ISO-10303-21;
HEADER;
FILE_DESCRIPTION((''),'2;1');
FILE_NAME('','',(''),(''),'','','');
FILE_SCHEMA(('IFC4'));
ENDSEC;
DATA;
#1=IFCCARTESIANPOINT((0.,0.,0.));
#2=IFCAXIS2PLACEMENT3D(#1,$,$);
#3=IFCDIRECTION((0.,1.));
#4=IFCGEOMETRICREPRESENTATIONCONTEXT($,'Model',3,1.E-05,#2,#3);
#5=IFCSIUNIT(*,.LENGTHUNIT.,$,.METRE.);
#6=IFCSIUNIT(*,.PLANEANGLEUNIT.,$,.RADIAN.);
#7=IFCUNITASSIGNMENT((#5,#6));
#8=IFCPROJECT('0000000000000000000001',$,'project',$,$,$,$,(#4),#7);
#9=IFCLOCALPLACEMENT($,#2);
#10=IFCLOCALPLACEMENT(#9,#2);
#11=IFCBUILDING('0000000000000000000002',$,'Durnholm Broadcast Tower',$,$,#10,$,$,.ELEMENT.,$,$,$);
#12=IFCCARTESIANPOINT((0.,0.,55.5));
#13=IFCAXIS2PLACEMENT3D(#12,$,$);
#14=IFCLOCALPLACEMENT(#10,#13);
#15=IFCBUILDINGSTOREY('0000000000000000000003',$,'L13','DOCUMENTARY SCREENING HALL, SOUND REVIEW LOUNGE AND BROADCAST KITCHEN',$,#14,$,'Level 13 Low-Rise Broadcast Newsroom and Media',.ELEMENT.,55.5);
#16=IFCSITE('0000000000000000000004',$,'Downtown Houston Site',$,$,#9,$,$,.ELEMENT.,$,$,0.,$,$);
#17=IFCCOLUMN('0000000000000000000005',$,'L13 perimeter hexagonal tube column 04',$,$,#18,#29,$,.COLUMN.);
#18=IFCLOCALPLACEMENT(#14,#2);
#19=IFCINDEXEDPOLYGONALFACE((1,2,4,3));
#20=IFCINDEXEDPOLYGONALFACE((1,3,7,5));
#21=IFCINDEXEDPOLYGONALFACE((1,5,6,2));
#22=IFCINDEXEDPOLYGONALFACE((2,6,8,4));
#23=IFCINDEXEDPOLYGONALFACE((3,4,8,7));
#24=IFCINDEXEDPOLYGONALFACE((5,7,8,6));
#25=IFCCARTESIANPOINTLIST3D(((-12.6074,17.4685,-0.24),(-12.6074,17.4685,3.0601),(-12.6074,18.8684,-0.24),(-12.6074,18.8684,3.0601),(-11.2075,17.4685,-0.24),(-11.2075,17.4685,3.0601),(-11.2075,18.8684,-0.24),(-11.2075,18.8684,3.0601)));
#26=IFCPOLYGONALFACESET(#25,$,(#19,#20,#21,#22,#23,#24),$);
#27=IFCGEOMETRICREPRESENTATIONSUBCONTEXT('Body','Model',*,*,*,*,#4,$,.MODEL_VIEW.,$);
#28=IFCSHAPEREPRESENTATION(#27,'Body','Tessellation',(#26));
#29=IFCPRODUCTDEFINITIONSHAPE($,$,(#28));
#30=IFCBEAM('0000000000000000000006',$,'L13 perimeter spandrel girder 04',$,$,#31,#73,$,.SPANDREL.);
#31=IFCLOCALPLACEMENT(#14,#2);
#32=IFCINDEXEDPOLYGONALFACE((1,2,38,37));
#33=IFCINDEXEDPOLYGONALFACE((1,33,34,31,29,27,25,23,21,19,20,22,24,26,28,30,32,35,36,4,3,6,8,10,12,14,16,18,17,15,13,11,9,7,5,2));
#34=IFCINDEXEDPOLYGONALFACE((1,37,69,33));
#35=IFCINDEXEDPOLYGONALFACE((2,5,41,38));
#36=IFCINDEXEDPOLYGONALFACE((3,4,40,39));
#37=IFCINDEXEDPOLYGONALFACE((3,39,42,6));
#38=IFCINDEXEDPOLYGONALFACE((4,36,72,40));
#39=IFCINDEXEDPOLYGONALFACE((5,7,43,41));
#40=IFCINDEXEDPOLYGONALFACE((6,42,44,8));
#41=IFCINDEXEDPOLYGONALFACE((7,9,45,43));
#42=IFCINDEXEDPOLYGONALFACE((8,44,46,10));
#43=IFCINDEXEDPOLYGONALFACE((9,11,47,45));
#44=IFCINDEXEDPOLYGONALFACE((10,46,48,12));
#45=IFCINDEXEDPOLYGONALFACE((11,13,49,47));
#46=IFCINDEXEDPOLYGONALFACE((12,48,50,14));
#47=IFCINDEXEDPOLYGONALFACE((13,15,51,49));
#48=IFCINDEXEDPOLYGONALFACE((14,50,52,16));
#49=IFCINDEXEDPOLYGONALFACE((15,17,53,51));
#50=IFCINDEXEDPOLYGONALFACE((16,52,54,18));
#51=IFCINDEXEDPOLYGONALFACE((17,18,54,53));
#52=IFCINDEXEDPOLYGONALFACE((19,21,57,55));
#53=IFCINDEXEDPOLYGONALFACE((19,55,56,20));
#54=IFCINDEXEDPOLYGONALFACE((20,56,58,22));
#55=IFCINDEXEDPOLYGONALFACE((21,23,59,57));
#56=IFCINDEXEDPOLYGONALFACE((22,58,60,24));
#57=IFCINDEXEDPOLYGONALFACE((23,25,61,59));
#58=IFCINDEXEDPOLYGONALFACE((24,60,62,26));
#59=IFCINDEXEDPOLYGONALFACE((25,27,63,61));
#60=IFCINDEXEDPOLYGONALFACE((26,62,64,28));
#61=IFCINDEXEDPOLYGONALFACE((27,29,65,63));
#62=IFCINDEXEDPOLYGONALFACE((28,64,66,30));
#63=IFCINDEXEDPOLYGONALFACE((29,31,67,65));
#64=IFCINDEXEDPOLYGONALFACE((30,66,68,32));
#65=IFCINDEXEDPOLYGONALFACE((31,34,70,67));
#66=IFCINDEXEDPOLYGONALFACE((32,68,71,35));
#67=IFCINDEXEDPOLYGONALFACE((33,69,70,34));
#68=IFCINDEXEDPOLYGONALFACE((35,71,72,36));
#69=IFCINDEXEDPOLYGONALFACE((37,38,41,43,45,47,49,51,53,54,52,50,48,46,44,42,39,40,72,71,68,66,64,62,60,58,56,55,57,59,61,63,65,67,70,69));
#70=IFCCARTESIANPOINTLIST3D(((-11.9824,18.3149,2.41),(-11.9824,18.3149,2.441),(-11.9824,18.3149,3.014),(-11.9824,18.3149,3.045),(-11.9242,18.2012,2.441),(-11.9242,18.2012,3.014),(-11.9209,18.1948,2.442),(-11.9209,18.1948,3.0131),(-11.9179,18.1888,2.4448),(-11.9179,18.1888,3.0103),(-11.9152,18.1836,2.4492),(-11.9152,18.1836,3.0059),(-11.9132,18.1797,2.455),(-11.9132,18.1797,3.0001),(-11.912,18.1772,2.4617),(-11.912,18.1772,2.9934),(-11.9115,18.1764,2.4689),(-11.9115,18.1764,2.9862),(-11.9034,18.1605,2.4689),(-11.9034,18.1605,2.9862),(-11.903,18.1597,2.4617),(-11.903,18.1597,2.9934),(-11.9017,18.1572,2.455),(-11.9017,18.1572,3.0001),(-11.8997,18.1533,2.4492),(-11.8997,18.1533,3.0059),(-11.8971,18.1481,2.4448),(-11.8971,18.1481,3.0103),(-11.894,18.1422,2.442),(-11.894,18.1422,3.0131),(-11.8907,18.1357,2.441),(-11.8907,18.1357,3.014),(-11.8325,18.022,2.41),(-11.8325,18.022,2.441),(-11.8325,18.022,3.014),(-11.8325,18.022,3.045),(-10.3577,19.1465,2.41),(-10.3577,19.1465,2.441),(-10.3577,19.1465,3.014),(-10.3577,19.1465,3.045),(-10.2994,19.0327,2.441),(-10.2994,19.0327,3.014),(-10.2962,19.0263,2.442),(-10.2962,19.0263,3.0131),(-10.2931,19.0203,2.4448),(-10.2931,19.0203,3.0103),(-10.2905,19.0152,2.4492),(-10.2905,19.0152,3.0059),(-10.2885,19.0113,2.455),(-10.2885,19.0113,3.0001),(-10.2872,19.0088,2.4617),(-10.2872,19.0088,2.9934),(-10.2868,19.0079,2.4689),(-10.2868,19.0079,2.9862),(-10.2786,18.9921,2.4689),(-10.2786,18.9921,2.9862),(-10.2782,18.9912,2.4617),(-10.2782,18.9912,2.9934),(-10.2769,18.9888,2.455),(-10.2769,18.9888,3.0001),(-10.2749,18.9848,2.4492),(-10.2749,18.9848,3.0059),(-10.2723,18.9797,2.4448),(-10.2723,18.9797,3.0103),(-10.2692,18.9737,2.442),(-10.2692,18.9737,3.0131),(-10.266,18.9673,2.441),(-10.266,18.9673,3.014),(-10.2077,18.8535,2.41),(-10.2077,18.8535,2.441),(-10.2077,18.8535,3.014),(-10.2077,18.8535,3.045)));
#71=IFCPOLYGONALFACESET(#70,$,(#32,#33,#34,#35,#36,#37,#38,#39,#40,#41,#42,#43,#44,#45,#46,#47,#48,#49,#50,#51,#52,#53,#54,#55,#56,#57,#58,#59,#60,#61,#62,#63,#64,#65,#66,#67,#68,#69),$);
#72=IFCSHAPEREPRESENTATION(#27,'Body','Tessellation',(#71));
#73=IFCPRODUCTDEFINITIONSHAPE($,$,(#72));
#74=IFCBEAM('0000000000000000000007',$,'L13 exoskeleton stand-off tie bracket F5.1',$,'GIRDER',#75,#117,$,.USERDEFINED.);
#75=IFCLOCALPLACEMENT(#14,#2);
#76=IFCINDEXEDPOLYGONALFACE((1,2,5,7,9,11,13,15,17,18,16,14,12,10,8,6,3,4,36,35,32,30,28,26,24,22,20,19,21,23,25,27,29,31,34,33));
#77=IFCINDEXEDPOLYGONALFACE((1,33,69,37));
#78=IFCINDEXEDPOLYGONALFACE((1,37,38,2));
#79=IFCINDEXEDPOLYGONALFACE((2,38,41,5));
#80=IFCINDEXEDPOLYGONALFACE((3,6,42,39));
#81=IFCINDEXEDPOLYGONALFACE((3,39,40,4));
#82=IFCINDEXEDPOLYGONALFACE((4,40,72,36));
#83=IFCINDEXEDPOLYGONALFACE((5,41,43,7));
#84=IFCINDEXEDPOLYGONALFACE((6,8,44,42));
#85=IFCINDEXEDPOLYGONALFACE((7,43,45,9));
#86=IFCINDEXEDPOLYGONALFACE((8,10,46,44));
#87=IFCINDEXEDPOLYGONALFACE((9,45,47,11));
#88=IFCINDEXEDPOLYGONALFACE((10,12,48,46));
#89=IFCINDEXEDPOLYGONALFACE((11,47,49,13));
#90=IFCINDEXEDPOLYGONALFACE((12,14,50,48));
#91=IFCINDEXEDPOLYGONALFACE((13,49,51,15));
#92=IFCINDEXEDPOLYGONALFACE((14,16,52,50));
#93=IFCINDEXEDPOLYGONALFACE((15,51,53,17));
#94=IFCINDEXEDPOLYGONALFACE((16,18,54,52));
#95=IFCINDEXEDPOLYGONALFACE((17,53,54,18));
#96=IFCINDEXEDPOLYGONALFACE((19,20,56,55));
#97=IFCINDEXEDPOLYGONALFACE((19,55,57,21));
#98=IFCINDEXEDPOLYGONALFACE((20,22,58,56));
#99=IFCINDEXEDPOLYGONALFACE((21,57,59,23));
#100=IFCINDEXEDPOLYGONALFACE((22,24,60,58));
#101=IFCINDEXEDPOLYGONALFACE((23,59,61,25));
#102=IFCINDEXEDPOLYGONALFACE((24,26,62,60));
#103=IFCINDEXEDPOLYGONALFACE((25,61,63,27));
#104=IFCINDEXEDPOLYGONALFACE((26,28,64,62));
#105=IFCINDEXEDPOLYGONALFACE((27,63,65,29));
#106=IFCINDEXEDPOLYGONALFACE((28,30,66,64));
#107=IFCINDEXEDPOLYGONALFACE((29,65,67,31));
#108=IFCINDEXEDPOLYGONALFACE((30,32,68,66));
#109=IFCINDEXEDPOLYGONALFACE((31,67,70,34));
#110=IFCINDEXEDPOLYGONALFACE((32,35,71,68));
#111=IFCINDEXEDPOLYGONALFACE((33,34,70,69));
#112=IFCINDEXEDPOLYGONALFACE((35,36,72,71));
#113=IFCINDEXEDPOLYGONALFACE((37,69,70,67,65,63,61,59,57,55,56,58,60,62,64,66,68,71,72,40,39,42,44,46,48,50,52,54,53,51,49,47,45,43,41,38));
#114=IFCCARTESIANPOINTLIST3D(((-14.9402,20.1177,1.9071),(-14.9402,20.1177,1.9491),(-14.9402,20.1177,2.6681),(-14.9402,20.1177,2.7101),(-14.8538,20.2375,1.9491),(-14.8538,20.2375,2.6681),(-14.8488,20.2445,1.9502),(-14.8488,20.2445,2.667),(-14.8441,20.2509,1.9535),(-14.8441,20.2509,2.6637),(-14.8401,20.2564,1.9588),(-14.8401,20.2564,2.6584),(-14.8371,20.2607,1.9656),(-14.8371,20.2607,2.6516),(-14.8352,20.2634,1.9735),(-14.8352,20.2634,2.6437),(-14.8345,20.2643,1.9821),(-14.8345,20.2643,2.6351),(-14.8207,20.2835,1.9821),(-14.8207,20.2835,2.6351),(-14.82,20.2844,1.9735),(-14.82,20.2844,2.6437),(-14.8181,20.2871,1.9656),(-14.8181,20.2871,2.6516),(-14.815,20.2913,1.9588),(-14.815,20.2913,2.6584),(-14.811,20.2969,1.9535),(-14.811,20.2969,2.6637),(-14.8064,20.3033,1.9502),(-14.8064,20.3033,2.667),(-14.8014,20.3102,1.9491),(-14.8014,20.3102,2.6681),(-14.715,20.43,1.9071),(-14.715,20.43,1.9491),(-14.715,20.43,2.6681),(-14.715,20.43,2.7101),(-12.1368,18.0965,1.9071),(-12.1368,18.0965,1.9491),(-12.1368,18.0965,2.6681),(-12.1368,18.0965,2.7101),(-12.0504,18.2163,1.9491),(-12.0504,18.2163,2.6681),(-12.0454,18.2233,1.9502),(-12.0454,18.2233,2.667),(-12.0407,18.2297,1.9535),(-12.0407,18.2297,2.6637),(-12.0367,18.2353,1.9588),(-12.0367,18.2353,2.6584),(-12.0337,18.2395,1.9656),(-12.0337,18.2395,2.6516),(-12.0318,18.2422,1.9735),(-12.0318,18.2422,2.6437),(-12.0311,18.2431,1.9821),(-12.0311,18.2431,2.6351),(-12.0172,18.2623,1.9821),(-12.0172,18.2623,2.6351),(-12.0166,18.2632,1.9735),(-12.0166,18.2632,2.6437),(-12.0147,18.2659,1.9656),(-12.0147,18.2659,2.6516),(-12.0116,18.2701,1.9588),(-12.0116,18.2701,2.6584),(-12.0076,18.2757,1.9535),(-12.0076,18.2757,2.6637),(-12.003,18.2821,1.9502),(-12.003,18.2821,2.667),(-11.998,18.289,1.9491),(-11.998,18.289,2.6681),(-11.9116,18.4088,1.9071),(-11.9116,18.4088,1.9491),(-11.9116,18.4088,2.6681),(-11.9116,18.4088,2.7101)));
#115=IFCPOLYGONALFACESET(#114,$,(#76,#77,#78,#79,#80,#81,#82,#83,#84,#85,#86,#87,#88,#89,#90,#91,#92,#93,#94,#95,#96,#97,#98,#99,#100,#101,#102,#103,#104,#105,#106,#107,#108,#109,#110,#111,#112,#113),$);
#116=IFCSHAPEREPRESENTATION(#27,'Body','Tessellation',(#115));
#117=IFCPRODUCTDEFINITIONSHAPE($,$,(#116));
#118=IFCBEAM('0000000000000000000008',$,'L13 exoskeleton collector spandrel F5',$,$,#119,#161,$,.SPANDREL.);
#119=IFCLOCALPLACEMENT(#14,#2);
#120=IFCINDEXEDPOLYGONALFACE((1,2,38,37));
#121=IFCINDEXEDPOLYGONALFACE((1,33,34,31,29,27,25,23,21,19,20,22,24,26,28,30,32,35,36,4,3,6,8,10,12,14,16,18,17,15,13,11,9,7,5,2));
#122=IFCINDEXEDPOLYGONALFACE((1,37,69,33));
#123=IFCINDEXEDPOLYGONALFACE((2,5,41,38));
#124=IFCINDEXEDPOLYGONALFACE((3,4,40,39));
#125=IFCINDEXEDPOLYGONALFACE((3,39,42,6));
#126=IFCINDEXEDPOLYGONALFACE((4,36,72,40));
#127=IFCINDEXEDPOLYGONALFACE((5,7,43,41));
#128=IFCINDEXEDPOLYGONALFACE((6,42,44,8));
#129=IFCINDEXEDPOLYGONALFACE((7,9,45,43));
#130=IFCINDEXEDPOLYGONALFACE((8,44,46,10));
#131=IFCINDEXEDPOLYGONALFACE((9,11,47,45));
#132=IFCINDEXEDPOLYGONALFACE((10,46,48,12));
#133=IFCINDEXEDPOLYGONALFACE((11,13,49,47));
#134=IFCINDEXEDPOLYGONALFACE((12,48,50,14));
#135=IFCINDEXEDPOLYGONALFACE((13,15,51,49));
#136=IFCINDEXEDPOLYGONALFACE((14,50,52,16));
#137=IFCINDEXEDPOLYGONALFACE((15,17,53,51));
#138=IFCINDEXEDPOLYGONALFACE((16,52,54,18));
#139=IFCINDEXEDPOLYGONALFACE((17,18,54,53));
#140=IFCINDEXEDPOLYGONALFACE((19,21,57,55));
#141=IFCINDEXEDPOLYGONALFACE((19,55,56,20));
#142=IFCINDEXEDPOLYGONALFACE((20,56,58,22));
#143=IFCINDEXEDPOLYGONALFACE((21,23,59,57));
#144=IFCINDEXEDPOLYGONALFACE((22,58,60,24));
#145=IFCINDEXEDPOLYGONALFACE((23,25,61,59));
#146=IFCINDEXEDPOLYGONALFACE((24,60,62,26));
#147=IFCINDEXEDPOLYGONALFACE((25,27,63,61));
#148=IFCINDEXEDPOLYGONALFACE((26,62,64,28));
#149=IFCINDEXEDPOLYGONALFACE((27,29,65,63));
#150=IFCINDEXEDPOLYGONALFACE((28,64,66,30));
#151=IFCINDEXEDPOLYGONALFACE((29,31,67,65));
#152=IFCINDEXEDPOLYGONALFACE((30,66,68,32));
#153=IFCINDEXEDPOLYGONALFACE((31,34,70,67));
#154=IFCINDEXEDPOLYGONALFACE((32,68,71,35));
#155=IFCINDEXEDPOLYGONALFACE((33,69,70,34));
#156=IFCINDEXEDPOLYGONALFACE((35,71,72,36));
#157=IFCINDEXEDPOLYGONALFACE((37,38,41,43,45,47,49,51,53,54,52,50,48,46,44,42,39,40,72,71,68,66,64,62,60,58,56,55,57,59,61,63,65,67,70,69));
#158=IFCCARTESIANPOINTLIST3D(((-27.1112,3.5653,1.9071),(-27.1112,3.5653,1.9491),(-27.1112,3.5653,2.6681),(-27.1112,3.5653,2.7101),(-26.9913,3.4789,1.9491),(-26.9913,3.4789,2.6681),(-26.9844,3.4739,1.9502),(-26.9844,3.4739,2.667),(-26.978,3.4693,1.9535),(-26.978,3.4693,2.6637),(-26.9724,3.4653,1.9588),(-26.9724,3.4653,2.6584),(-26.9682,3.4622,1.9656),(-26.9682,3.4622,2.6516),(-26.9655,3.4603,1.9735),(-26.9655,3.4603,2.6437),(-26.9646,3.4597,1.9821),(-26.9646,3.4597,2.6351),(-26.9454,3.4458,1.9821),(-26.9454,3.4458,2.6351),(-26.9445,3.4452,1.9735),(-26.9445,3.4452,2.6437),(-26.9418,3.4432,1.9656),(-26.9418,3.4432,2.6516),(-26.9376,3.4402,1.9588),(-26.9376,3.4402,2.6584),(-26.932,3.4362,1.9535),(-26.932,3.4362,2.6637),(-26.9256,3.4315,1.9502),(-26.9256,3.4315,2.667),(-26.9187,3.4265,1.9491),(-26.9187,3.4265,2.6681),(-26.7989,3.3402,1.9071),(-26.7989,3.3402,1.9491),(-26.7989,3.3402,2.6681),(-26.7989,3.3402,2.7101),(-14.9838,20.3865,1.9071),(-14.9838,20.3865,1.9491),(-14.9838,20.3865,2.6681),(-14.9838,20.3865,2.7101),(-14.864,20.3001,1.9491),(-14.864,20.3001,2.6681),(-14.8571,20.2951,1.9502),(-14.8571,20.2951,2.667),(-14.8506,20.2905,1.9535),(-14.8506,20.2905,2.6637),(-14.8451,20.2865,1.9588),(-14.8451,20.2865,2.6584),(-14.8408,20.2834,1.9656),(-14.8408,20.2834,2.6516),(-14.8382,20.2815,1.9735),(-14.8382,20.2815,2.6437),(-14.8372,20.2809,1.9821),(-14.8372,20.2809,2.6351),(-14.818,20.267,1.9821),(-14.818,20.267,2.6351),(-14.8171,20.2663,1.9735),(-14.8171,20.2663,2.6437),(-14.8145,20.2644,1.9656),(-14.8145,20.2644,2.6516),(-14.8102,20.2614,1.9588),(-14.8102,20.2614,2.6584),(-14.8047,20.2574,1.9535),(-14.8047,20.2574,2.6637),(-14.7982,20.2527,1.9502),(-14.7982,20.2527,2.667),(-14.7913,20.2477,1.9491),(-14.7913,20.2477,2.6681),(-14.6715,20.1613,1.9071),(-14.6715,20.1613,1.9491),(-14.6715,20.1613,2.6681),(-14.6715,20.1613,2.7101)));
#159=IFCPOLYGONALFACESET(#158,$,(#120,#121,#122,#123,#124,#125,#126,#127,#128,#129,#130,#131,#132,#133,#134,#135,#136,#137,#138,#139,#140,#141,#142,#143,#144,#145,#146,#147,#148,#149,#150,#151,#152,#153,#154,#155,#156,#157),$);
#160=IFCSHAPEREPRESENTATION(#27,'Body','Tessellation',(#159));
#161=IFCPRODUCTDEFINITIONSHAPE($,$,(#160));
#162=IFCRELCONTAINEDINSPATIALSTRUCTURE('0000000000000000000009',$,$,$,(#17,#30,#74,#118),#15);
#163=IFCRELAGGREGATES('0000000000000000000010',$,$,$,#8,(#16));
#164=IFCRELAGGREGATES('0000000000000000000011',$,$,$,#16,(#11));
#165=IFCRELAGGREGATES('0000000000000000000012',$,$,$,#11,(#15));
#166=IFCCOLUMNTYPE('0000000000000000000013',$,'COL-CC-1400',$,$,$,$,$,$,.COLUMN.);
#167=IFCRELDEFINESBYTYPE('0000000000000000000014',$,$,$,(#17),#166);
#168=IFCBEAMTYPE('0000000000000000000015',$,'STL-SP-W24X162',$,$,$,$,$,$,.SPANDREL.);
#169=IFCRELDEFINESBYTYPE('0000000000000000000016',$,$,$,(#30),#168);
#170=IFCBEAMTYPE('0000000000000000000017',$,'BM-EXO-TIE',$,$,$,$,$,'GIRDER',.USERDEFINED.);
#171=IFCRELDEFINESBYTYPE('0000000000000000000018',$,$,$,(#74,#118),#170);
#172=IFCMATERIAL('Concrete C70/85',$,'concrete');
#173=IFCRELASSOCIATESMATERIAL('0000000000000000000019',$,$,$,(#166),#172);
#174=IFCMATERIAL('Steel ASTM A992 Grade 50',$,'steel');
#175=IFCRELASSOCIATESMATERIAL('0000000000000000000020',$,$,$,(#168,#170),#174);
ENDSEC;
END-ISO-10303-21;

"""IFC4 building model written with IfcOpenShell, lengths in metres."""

from ifc_helpers import new_model, si_unit, direction, frame, origin, origin_2d, place, context, subcontext, project, spatial, rectangle, i_section, extrude, source, transform, mapped, material, material_profile, profile_set, type_object, type_shapes, element, save


model = new_model("IFC4")

# Units and contexts
model_context = context("Model", 3, precision=1e-05, world=origin(), true_north=direction((0.0, 1.0)))
body_context = subcontext(model_context, "Body", "Model", "MODEL_VIEW")
ifc_project = project(units=[si_unit("LENGTHUNIT", "METRE"), si_unit("PLANEANGLEUNIT", "RADIAN")], contexts=[model_context])

# Site, building, storey
site_placement = place(None, origin())
site = spatial("IfcSite", under=ifc_project, at=site_placement, Name="Downtown Houston Site", CompositionType="ELEMENT", RefElevation=0.0)
building_placement = place(site_placement, origin())
building = spatial("IfcBuilding", under=site, at=building_placement, Name="Durnholm Broadcast Tower", CompositionType="ELEMENT")
storey_placement = place(building_placement, frame((0.0, 0.0, 55.5)))
storey = spatial("IfcBuildingStorey", under=building, at=storey_placement, Name="L13", Description="DOCUMENTARY SCREENING HALL, SOUND REVIEW LOUNGE AND BROADCAST KITCHEN", LongName="Level 13 Low-Rise Broadcast Newsroom and Media", CompositionType="ELEMENT", Elevation=55.5)

# Column
ifc_material_1 = material(Name="Concrete C70/85", Category="concrete")
ifc_material_profile_1 = material_profile(ifc_material_1, rectangle(XDim=1.3999, YDim=1.3999, at=origin_2d()), Name="RC1400X1400")
ifc_profile_set_1 = profile_set([ifc_material_profile_1], Name="Concrete C70/85")
column_type = type_object("IfcColumnType", Name="COL-CC-1400", PredefinedType="COLUMN", material=ifc_profile_set_1)
shared_shape_1 = source(origin(), body_context, "Body", "SweptSolid", [
    extrude(rectangle(XDim=1.3999, YDim=1.3999, at=origin_2d()), origin(), (0.0, 0.0, 1.0), 3.3),
])
type_shapes(column_type, [shared_shape_1])
column_placement = place(storey_placement, frame((-11.9075, 18.1685, -0.24), z_axis=(0.0, 0.0, 1.0), x_axis=(1.0, 0.0, 0.0)))
element("IfcColumn", 1, at=column_placement, inside=storey, type_object=column_type, Name="L13 perimeter hexagonal tube column 04", PredefinedType="COLUMN", context=body_context, shape_type="MappedRepresentation", body=[
    mapped(shared_shape_1, transform((0.0, 0.0, 0.0), x_axis=(1.0, 0.0, 0.0), y_axis=(0.0, 1.0, 0.0), z_axis=(0.0, 0.0, 1.0), scale=1.0)),
])

# Beams
ifc_material_2 = material(Name="Steel ASTM A992 Grade 50", Category="steel")
ifc_material_profile_2 = material_profile(ifc_material_2, i_section(OverallWidth=0.3291, OverallDepth=0.635, WebThickness=0.0178, FlangeThickness=0.031, FilletRadius=0.0278, at=origin_2d()), Name="W24X162")
ifc_profile_set_2 = profile_set([ifc_material_profile_2], Name="Steel ASTM A992 Grade 50")
beam_type_1 = type_object("IfcBeamType", Name="STL-SP-W24X162", PredefinedType="SPANDREL", material=ifc_profile_set_2)
shared_shape_2 = source(origin(), body_context, "Body", "SweptSolid", [
    extrude(i_section(OverallWidth=0.3291, OverallDepth=0.635, WebThickness=0.0178, FlangeThickness=0.031, FilletRadius=0.0278, at=origin_2d()), origin(), (0.0, 0.0, 1.0), 1.8252),
])
type_shapes(beam_type_1, [shared_shape_2])
beam_1_placement = place(storey_placement, frame((-11.9075, 18.1685, 2.7275), z_axis=(0.890188, 0.455594, 0.0), x_axis=(-0.455594, 0.890188, 0.0)))
element("IfcBeam", 2, at=beam_1_placement, inside=storey, type_object=beam_type_1, Name="L13 perimeter spandrel girder 04", PredefinedType="SPANDREL", context=body_context, shape_type="MappedRepresentation", body=[
    mapped(shared_shape_2, transform((0.0, 0.0, 0.0), x_axis=(1.0, 0.0, 0.0), y_axis=(0.0, 1.0, 0.0), z_axis=(0.0, 0.0, 1.0), scale=1.0)),
])
ifc_material_profile_3 = material_profile(ifc_material_2, i_section(OverallWidth=0.385, OverallDepth=0.803, WebThickness=0.0237, FlangeThickness=0.042, FilletRadius=0.033, at=origin_2d()), Name="W30X261")
ifc_profile_set_3 = profile_set([ifc_material_profile_3], Name="Steel ASTM A992 Grade 50")
beam_type_2 = type_object("IfcBeamType", Name="BM-EXO-TIE", ElementType="GIRDER", PredefinedType="USERDEFINED", material=ifc_profile_set_3)
shared_shape_3 = source(origin(), body_context, "Body", "SweptSolid", [
    extrude(i_section(OverallWidth=0.385, OverallDepth=0.803, WebThickness=0.0237, FlangeThickness=0.042, FilletRadius=0.033, at=origin_2d()), origin(), (0.0, 0.0, 1.0), 3.4561),
])
beam_2_placement = place(storey_placement, frame((-12.0242, 18.2527, 2.3086), z_axis=(-0.811158, 0.584828, 0.0), x_axis=(-0.584828, -0.811158, 0.0)))
element("IfcBeam", 3, at=beam_2_placement, inside=storey, type_object=beam_type_2, Name="L13 exoskeleton stand-off tie bracket F5.1", ObjectType="GIRDER", PredefinedType="USERDEFINED", context=body_context, shape_type="MappedRepresentation", body=[
    mapped(shared_shape_3, transform((0.0, 0.0, 0.0), x_axis=(1.0, 0.0, 0.0), y_axis=(0.0, 1.0, 0.0), z_axis=(0.0, 0.0, 1.0), scale=1.0)),
])
shared_shape_4 = source(origin(), body_context, "Body", "SweptSolid", [
    extrude(i_section(OverallWidth=0.385, OverallDepth=0.803, WebThickness=0.0237, FlangeThickness=0.042, FilletRadius=0.033, at=origin_2d()), origin(), (0.0, 0.0, 1.0), 20.7371),
])
type_shapes(beam_type_2, [shared_shape_3, shared_shape_4])
beam_3_placement = place(storey_placement, frame((-14.8276, 20.2739, 2.3086), z_axis=(-0.584816, -0.811166, 0.0), x_axis=(0.811166, -0.584816, 0.0)))
element("IfcBeam", 4, at=beam_3_placement, inside=storey, type_object=beam_type_2, Name="L13 exoskeleton collector spandrel F5", PredefinedType="SPANDREL", context=body_context, shape_type="MappedRepresentation", body=[
    mapped(shared_shape_4, transform((0.0, 0.0, 0.0), x_axis=(1.0, 0.0, 0.0), y_axis=(0.0, 1.0, 0.0), z_axis=(0.0, 0.0, 1.0), scale=1.0)),
])

save(model, "model.ifc")
